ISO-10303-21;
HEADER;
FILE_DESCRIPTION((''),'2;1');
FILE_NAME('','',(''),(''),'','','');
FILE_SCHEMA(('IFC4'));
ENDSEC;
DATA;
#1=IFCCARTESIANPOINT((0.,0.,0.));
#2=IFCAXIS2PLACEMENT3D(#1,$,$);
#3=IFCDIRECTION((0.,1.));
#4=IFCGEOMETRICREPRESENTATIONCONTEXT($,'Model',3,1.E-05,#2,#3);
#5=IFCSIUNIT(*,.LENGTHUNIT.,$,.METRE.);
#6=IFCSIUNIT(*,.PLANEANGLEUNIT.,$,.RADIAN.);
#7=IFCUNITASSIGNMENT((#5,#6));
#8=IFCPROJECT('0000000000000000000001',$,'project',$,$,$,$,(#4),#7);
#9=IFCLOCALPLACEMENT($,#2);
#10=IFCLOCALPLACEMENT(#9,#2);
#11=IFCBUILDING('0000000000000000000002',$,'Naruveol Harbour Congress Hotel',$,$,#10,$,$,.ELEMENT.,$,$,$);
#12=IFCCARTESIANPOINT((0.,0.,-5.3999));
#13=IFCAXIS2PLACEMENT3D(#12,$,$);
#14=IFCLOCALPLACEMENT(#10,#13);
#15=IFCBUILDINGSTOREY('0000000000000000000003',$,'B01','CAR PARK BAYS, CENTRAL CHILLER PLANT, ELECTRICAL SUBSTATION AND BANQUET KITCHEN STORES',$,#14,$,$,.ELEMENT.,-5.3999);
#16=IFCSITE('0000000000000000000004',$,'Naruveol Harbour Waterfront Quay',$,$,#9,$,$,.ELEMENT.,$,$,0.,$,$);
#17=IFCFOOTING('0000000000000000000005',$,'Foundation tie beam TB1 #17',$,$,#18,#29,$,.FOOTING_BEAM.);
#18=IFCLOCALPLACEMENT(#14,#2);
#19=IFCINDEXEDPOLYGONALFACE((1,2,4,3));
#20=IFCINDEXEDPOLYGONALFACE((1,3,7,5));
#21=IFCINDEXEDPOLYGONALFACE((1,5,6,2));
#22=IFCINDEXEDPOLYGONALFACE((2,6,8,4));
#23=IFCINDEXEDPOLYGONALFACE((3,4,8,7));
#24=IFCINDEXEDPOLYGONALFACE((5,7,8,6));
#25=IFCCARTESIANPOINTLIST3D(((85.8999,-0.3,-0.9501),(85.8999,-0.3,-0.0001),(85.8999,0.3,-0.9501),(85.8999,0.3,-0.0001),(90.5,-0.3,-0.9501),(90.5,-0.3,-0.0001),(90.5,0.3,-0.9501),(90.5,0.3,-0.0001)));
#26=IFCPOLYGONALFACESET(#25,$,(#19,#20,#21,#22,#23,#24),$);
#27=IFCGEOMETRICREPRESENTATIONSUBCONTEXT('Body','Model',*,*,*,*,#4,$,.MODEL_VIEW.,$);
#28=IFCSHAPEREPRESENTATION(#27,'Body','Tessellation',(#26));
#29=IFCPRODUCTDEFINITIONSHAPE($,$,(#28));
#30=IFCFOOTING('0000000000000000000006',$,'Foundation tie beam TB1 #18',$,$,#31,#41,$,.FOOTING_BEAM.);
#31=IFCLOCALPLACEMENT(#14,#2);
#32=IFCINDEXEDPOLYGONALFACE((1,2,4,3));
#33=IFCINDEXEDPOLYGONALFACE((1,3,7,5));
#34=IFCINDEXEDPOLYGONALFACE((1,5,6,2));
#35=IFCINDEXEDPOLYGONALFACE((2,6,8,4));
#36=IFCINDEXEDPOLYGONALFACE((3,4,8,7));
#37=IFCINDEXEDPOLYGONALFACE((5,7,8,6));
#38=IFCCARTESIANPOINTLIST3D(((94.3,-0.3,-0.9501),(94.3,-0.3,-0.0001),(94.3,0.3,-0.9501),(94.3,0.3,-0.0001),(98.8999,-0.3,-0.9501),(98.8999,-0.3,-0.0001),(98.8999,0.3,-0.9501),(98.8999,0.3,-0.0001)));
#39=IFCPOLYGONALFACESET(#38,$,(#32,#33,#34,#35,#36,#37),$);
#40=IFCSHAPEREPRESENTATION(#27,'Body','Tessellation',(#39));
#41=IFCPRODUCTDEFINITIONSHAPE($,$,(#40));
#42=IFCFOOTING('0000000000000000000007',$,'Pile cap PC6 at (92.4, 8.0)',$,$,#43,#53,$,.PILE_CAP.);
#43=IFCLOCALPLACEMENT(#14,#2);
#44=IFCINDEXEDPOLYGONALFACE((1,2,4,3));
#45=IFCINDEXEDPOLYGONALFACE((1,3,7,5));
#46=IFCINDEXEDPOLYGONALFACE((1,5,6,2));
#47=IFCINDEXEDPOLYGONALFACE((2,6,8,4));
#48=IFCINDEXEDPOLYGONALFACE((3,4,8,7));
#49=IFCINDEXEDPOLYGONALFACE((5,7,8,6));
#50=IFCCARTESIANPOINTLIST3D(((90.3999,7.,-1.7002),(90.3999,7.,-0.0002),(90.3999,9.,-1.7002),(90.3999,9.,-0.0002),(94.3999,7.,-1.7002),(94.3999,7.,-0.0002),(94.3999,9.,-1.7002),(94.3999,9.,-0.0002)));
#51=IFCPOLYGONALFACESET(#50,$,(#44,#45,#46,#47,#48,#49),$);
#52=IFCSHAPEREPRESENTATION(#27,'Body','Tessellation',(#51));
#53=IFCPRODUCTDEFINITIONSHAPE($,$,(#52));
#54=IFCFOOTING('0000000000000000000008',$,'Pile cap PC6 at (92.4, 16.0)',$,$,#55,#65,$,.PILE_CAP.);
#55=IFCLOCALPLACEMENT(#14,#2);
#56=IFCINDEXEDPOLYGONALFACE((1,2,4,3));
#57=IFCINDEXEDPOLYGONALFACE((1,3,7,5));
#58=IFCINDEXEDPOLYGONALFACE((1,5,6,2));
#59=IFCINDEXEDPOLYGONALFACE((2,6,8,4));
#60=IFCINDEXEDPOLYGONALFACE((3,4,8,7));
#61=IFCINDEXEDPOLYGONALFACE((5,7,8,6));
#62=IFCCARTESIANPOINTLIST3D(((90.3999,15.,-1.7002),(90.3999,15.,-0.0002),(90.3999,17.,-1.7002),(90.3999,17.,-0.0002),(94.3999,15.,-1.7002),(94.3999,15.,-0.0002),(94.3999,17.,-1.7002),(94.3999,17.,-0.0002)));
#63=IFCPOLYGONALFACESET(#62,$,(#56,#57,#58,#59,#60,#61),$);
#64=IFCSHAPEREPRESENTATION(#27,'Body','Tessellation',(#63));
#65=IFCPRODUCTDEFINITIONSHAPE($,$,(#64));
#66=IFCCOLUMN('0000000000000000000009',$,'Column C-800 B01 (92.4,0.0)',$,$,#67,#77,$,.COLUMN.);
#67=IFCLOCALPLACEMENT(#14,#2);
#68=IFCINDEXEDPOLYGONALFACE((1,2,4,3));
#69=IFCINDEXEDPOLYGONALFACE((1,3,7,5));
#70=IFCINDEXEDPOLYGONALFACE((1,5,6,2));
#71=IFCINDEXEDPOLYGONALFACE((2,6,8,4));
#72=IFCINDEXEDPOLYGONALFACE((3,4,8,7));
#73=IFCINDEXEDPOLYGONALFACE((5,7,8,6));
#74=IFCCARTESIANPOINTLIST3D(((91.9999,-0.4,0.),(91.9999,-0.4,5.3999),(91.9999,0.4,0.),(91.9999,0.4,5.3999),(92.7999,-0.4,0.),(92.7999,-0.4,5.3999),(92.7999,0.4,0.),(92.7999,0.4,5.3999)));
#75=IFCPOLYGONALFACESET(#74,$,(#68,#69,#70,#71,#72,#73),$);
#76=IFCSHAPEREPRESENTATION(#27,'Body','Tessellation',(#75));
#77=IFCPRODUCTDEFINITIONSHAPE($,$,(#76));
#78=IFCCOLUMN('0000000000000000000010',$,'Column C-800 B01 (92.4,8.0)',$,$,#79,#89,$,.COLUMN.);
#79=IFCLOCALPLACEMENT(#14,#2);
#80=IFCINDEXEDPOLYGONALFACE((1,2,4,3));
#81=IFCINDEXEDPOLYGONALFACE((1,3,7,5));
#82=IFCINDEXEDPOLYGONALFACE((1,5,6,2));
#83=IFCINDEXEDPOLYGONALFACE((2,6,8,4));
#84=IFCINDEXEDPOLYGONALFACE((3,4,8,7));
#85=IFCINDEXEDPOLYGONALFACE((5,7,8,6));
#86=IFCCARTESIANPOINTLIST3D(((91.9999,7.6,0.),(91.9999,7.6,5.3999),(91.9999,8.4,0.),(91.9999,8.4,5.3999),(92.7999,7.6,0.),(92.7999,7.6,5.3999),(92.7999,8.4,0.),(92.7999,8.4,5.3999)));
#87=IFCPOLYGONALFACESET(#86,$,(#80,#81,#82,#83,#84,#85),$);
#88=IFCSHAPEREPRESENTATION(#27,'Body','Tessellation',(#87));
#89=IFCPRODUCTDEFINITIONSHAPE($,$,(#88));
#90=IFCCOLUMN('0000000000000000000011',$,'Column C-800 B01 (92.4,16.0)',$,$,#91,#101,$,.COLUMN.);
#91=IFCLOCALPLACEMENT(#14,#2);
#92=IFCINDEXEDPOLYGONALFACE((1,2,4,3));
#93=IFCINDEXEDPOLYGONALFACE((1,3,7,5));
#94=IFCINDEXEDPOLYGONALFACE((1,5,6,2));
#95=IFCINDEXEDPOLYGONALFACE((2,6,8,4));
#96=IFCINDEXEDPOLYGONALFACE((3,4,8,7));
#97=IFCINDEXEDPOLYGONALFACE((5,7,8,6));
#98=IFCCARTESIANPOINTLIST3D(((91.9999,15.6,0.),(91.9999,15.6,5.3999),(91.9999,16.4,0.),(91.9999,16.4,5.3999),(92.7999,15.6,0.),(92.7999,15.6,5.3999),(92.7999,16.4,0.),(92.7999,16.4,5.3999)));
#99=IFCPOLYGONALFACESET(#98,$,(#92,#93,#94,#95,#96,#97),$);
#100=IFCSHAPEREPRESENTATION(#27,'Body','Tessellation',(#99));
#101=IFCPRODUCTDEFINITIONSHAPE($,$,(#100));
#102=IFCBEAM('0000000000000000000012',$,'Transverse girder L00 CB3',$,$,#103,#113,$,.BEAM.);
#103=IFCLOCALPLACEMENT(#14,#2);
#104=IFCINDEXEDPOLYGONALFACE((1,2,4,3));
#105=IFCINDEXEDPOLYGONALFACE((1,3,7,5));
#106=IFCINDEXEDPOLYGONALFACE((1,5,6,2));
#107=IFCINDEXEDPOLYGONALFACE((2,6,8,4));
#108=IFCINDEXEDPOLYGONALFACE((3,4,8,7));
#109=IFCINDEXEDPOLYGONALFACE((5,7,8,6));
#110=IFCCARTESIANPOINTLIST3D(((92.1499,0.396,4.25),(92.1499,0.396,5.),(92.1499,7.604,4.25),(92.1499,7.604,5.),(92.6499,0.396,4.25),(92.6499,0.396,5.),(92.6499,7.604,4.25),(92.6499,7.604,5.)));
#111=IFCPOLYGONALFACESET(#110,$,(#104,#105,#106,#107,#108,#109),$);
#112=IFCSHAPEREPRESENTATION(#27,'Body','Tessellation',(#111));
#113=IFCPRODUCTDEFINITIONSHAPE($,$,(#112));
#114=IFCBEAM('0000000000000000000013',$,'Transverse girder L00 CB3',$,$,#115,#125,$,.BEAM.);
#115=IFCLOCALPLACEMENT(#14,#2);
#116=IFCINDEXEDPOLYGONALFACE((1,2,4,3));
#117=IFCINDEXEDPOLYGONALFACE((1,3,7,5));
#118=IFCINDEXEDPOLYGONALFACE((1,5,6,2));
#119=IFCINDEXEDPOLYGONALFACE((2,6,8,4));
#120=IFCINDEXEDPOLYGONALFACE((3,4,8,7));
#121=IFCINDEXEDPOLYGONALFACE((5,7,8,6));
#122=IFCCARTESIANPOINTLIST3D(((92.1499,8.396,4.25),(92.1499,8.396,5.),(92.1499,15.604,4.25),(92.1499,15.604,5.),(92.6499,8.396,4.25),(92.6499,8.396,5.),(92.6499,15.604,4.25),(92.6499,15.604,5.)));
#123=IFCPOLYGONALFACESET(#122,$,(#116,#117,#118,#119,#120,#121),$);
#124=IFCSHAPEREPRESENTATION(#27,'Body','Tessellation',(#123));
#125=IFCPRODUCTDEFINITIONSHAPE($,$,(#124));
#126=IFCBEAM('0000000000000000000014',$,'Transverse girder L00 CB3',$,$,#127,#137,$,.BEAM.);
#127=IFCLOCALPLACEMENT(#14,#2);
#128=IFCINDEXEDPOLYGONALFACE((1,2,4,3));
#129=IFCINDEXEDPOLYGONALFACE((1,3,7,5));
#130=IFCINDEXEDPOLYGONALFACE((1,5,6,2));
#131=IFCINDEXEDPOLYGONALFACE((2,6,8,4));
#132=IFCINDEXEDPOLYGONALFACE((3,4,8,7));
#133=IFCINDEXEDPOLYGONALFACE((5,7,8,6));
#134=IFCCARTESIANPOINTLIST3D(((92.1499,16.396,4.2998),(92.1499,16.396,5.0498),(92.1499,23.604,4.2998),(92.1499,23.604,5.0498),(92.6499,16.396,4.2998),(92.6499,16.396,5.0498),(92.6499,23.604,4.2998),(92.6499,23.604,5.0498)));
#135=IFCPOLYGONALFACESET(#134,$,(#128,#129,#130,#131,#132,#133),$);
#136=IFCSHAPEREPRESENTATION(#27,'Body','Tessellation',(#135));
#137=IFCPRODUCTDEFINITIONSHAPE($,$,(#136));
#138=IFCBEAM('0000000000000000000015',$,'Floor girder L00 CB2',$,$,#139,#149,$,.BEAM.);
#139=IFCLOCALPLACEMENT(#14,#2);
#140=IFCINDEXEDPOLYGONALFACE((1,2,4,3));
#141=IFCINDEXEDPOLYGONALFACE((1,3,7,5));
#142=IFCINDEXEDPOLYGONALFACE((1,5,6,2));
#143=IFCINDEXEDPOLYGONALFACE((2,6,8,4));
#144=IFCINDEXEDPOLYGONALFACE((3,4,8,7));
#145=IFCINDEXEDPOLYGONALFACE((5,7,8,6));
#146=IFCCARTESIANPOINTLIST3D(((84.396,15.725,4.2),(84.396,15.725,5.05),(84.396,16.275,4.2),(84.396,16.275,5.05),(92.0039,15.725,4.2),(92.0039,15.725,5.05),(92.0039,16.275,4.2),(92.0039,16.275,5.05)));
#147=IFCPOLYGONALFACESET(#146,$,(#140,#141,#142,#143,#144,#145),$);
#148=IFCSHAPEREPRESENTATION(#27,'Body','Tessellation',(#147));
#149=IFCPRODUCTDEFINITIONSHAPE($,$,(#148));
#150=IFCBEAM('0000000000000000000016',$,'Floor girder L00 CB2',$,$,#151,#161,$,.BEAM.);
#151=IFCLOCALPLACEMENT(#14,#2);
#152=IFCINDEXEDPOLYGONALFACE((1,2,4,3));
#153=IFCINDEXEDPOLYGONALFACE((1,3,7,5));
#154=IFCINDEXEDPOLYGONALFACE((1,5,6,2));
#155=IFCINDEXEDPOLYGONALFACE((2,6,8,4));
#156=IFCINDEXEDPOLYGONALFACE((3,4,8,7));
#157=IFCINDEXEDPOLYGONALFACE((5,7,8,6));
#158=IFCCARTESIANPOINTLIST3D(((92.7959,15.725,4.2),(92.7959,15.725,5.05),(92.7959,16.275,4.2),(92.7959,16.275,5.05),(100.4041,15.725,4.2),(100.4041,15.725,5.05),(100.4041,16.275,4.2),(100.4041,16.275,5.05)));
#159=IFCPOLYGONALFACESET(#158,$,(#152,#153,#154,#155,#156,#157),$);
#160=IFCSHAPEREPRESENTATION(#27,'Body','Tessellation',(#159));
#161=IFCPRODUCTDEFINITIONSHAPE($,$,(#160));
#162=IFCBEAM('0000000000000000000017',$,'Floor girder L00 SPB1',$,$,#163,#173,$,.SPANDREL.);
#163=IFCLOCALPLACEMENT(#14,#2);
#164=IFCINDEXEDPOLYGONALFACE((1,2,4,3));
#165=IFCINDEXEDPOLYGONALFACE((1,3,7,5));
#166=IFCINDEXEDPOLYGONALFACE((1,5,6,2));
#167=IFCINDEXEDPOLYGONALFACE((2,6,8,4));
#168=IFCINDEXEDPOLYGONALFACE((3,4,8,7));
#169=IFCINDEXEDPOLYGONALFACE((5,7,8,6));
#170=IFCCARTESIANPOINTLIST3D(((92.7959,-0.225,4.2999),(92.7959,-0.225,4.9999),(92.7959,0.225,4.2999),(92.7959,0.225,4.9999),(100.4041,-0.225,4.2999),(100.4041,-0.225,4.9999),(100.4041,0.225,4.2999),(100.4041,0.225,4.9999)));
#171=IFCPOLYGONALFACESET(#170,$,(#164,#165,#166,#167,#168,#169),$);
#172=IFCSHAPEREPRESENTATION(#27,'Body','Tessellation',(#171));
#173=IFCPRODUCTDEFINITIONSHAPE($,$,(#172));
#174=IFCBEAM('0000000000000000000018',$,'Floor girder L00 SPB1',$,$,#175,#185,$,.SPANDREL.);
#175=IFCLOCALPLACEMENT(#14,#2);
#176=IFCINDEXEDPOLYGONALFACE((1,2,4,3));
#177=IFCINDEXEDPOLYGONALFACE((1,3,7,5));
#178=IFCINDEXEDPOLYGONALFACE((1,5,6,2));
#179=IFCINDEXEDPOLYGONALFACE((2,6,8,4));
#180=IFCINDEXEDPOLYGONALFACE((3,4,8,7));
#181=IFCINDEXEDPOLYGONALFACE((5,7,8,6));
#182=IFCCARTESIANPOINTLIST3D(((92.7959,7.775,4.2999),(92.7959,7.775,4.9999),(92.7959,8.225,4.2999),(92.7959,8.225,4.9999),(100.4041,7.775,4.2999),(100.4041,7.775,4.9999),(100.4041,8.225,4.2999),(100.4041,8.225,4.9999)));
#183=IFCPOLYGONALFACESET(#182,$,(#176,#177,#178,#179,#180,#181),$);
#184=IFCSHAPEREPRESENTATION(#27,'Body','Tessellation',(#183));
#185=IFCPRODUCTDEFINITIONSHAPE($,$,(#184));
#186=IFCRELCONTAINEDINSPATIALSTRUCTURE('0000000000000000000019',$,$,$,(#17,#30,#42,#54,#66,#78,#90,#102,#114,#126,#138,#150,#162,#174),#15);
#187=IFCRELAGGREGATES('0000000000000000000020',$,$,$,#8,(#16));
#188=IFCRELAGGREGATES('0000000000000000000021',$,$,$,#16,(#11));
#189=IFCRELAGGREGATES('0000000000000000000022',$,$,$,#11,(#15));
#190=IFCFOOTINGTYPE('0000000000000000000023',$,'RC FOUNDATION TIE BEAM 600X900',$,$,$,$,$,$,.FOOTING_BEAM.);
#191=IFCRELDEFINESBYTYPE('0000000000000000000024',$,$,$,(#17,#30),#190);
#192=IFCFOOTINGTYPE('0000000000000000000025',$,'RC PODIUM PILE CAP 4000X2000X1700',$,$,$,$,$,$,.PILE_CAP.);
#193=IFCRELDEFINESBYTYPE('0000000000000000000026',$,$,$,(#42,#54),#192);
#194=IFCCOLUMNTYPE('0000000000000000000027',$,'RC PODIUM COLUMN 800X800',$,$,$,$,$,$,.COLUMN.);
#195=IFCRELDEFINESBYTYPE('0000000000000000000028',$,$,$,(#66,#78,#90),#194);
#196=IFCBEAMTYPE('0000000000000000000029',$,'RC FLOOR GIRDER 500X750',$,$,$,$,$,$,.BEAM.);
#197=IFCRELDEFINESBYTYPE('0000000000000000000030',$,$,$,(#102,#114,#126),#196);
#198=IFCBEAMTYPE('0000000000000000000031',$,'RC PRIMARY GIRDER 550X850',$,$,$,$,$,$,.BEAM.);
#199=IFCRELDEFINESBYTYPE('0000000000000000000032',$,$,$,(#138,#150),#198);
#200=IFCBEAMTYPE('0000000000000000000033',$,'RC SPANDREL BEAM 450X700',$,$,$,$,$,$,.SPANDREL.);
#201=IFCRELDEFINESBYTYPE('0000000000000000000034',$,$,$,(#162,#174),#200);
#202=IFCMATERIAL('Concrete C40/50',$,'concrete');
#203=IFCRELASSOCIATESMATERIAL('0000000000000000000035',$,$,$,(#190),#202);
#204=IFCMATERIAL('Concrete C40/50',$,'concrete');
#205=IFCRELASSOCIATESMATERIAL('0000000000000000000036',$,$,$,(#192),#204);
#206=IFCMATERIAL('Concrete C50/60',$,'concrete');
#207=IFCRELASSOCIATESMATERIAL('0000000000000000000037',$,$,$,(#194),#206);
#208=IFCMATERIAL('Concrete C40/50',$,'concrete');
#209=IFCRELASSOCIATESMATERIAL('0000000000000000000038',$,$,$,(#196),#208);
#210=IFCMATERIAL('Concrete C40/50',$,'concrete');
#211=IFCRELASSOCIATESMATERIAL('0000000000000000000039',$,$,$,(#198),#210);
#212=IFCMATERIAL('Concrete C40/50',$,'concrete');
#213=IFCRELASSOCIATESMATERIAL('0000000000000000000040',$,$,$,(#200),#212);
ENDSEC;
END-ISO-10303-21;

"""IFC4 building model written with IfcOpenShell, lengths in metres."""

from ifc_helpers import new_model, si_unit, direction, frame, origin, origin_2d, place, context, subcontext, project, spatial, rectangle, extrude, material, material_profile, profile_set, type_object, element, save


model = new_model("IFC4")

# Units and contexts
model_context = context("Model", 3, precision=1e-05, world=origin(), true_north=direction((0.0, 1.0)))
body_context = subcontext(model_context, "Body", "Model", "MODEL_VIEW")
ifc_project = project(units=[si_unit("LENGTHUNIT", "METRE"), si_unit("PLANEANGLEUNIT", "RADIAN")], contexts=[model_context])

# Site, building, storey
site_placement = place(None, origin())
site = spatial("IfcSite", under=ifc_project, at=site_placement, Name="Naruveol Harbour Waterfront Quay", CompositionType="ELEMENT", RefElevation=0.0)
building_placement = place(site_placement, origin())
building = spatial("IfcBuilding", under=site, at=building_placement, Name="Naruveol Harbour Congress Hotel", CompositionType="ELEMENT")
storey_placement = place(building_placement, frame((0.0, 0.0, -5.3999)))
storey = spatial("IfcBuildingStorey", under=building, at=storey_placement, Name="B01", Description="CAR PARK BAYS, CENTRAL CHILLER PLANT, ELECTRICAL SUBSTATION AND BANQUET KITCHEN STORES", CompositionType="ELEMENT", Elevation=-5.3999)

# Footings
ifc_material_1 = material(Name="Concrete C40/50", Category="concrete")
ifc_material_profile_1 = material_profile(ifc_material_1, rectangle(XDim=0.6001, YDim=0.95, at=origin_2d()), Name="RCB-600x950")
ifc_profile_set_1 = profile_set([ifc_material_profile_1], Name="Concrete C40/50")
footing_type_1 = type_object("IfcFootingType", Name="RC FOUNDATION TIE BEAM 600X900", PredefinedType="FOOTING_BEAM", material=ifc_profile_set_1)
footing_1_placement = place(storey_placement, frame((85.8999, 0.0, -0.4751), z_axis=(1.0, 0.0, 0.0), x_axis=(0.0, 1.0, 0.0)))
element("IfcFooting", 1, at=footing_1_placement, inside=storey, type_object=footing_type_1, Name="Foundation tie beam TB1 #17", PredefinedType="FOOTING_BEAM", context=body_context, shape_type="SweptSolid", body=[
    extrude(rectangle(XDim=0.6001, YDim=0.95, at=origin_2d()), origin(), (0.0, 0.0, 1.0), 4.6001),
])
footing_2_placement = place(storey_placement, frame((94.3, 0.0, -0.4751), z_axis=(1.0, 0.0, 0.0), x_axis=(0.0, 1.0, 0.0)))
element("IfcFooting", 2, at=footing_2_placement, inside=storey, type_object=footing_type_1, Name="Foundation tie beam TB1 #18", PredefinedType="FOOTING_BEAM", context=body_context, shape_type="SweptSolid", body=[
    extrude(rectangle(XDim=0.6001, YDim=0.95, at=origin_2d()), origin(), (0.0, 0.0, 1.0), 4.5999),
])
ifc_material_2 = material(Name="Concrete C40/50", Category="concrete")
footing_type_2 = type_object("IfcFootingType", Name="RC PODIUM PILE CAP 4000X2000X1700", PredefinedType="PILE_CAP", material=ifc_material_2)
for number, where, z_axis, x_axis, name in (
    (3, (92.3999, 8.0, -1.7002), (0.0, 0.0, 1.0), (1.0, 0.0, 0.0), "Pile cap PC6 at (92.4, 8.0)"),
    (4, (92.3999, 16.0, -1.7002), (0.0, 0.0, 1.0), (1.0, 0.0, 0.0), "Pile cap PC6 at (92.4, 16.0)"),
):
    element("IfcFooting", number, at=place(storey_placement, frame(where, z_axis=z_axis, x_axis=x_axis)), inside=storey, type_object=footing_type_2, Name=name, PredefinedType="PILE_CAP", context=body_context, shape_type="SweptSolid", body=[
        extrude(rectangle(XDim=4.0, YDim=2.0, at=origin_2d()), origin(), (0.0, 0.0, 1.0), 1.7),
    ])

# Columns
ifc_material_3 = material(Name="Concrete C50/60", Category="concrete")
ifc_material_profile_2 = material_profile(ifc_material_3, rectangle(XDim=0.8, YDim=0.8, at=origin_2d()), Name="RC-800x800")
ifc_profile_set_2 = profile_set([ifc_material_profile_2], Name="Concrete C50/60")
column_type = type_object("IfcColumnType", Name="RC PODIUM COLUMN 800X800", PredefinedType="COLUMN", material=ifc_profile_set_2)
for number, where, z_axis, x_axis, name in (
    (5, (92.3999, 0.0, 0.0), (0.0, 0.0, 1.0), (1.0, 0.0, 0.0), "Column C-800 B01 (92.4,0.0)"),
    (6, (92.3999, 8.0, 0.0), (0.0, 0.0, 1.0), (1.0, 0.0, 0.0), "Column C-800 B01 (92.4,8.0)"),
    (7, (92.3999, 16.0, 0.0), (0.0, 0.0, 1.0), (1.0, 0.0, 0.0), "Column C-800 B01 (92.4,16.0)"),
):
    element("IfcColumn", number, at=place(storey_placement, frame(where, z_axis=z_axis, x_axis=x_axis)), inside=storey, type_object=column_type, Name=name, PredefinedType="COLUMN", context=body_context, shape_type="SweptSolid", body=[
        extrude(rectangle(XDim=0.8, YDim=0.8, at=origin_2d()), origin(), (0.0, 0.0, 1.0), 5.3999),
    ])

# Beams
ifc_material_4 = material(Name="Concrete C40/50", Category="concrete")
ifc_material_profile_3 = material_profile(ifc_material_4, rectangle(XDim=0.5, YDim=0.75, at=origin_2d()), Name="RCB-500x750")
ifc_profile_set_3 = profile_set([ifc_material_profile_3], Name="Concrete C40/50")
beam_type_1 = type_object("IfcBeamType", Name="RC FLOOR GIRDER 500X750", PredefinedType="BEAM", material=ifc_profile_set_3)
for number, where, z_axis, x_axis, name in (
    (8, (92.3999, 0.396, 4.625), (0.0, 1.0, 0.0), (-1.0, 0.0, 0.0), "Transverse girder L00 CB3"),
    (9, (92.3999, 8.396, 4.625), (0.0, 1.0, 0.0), (-1.0, 0.0, 0.0), "Transverse girder L00 CB3"),
    (10, (92.3999, 16.396, 4.6748), (0.0, 1.0, 0.0), (-1.0, 0.0, 0.0), "Transverse girder L00 CB3"),
):
    element("IfcBeam", number, at=place(storey_placement, frame(where, z_axis=z_axis, x_axis=x_axis)), inside=storey, type_object=beam_type_1, Name=name, PredefinedType="BEAM", context=body_context, shape_type="SweptSolid", body=[
        extrude(rectangle(XDim=0.5, YDim=0.75, at=origin_2d()), origin(), (0.0, 0.0, 1.0), 7.208),
    ])
ifc_material_5 = material(Name="Concrete C40/50", Category="concrete")
ifc_material_profile_4 = material_profile(ifc_material_5, rectangle(XDim=0.55, YDim=0.8501, at=origin_2d()), Name="RCB-550x850")
ifc_profile_set_4 = profile_set([ifc_material_profile_4], Name="Concrete C40/50")
beam_type_2 = type_object("IfcBeamType", Name="RC PRIMARY GIRDER 550X850", PredefinedType="BEAM", material=ifc_profile_set_4)
beam_1_placement = place(storey_placement, frame((84.396, 16.0, 4.625), z_axis=(1.0, 0.0, 0.0), x_axis=(0.0, 1.0, 0.0)))
element("IfcBeam", 11, at=beam_1_placement, inside=storey, type_object=beam_type_2, Name="Floor girder L00 CB2", PredefinedType="BEAM", context=body_context, shape_type="SweptSolid", body=[
    extrude(rectangle(XDim=0.55, YDim=0.8501, at=origin_2d()), origin(), (0.0, 0.0, 1.0), 7.6079),
])
beam_2_placement = place(storey_placement, frame((92.7959, 16.0, 4.625), z_axis=(1.0, 0.0, 0.0), x_axis=(0.0, 1.0, 0.0)))
element("IfcBeam", 12, at=beam_2_placement, inside=storey, type_object=beam_type_2, Name="Floor girder L00 CB2", PredefinedType="BEAM", context=body_context, shape_type="SweptSolid", body=[
    extrude(rectangle(XDim=0.55, YDim=0.8501, at=origin_2d()), origin(), (0.0, 0.0, 1.0), 7.6082),
])
ifc_material_6 = material(Name="Concrete C40/50", Category="concrete")
ifc_material_profile_5 = material_profile(ifc_material_6, rectangle(XDim=0.45, YDim=0.7, at=origin_2d()), Name="RCB-450x700")
ifc_profile_set_5 = profile_set([ifc_material_profile_5], Name="Concrete C40/50")
beam_type_3 = type_object("IfcBeamType", Name="RC SPANDREL BEAM 450X700", PredefinedType="SPANDREL", material=ifc_profile_set_5)
for number, where, z_axis, x_axis, name in (
    (13, (92.7959, 0.0, 4.6499), (1.0, 0.0, 0.0), (0.0, 1.0, 0.0), "Floor girder L00 SPB1"),
    (14, (92.7959, 8.0, 4.6499), (1.0, 0.0, 0.0), (0.0, 1.0, 0.0), "Floor girder L00 SPB1"),
):
    element("IfcBeam", number, at=place(storey_placement, frame(where, z_axis=z_axis, x_axis=x_axis)), inside=storey, type_object=beam_type_3, Name=name, PredefinedType="SPANDREL", context=body_context, shape_type="SweptSolid", body=[
        extrude(rectangle(XDim=0.45, YDim=0.7, at=origin_2d()), origin(), (0.0, 0.0, 1.0), 7.6082),
    ])

save(model, "model.ifc")
